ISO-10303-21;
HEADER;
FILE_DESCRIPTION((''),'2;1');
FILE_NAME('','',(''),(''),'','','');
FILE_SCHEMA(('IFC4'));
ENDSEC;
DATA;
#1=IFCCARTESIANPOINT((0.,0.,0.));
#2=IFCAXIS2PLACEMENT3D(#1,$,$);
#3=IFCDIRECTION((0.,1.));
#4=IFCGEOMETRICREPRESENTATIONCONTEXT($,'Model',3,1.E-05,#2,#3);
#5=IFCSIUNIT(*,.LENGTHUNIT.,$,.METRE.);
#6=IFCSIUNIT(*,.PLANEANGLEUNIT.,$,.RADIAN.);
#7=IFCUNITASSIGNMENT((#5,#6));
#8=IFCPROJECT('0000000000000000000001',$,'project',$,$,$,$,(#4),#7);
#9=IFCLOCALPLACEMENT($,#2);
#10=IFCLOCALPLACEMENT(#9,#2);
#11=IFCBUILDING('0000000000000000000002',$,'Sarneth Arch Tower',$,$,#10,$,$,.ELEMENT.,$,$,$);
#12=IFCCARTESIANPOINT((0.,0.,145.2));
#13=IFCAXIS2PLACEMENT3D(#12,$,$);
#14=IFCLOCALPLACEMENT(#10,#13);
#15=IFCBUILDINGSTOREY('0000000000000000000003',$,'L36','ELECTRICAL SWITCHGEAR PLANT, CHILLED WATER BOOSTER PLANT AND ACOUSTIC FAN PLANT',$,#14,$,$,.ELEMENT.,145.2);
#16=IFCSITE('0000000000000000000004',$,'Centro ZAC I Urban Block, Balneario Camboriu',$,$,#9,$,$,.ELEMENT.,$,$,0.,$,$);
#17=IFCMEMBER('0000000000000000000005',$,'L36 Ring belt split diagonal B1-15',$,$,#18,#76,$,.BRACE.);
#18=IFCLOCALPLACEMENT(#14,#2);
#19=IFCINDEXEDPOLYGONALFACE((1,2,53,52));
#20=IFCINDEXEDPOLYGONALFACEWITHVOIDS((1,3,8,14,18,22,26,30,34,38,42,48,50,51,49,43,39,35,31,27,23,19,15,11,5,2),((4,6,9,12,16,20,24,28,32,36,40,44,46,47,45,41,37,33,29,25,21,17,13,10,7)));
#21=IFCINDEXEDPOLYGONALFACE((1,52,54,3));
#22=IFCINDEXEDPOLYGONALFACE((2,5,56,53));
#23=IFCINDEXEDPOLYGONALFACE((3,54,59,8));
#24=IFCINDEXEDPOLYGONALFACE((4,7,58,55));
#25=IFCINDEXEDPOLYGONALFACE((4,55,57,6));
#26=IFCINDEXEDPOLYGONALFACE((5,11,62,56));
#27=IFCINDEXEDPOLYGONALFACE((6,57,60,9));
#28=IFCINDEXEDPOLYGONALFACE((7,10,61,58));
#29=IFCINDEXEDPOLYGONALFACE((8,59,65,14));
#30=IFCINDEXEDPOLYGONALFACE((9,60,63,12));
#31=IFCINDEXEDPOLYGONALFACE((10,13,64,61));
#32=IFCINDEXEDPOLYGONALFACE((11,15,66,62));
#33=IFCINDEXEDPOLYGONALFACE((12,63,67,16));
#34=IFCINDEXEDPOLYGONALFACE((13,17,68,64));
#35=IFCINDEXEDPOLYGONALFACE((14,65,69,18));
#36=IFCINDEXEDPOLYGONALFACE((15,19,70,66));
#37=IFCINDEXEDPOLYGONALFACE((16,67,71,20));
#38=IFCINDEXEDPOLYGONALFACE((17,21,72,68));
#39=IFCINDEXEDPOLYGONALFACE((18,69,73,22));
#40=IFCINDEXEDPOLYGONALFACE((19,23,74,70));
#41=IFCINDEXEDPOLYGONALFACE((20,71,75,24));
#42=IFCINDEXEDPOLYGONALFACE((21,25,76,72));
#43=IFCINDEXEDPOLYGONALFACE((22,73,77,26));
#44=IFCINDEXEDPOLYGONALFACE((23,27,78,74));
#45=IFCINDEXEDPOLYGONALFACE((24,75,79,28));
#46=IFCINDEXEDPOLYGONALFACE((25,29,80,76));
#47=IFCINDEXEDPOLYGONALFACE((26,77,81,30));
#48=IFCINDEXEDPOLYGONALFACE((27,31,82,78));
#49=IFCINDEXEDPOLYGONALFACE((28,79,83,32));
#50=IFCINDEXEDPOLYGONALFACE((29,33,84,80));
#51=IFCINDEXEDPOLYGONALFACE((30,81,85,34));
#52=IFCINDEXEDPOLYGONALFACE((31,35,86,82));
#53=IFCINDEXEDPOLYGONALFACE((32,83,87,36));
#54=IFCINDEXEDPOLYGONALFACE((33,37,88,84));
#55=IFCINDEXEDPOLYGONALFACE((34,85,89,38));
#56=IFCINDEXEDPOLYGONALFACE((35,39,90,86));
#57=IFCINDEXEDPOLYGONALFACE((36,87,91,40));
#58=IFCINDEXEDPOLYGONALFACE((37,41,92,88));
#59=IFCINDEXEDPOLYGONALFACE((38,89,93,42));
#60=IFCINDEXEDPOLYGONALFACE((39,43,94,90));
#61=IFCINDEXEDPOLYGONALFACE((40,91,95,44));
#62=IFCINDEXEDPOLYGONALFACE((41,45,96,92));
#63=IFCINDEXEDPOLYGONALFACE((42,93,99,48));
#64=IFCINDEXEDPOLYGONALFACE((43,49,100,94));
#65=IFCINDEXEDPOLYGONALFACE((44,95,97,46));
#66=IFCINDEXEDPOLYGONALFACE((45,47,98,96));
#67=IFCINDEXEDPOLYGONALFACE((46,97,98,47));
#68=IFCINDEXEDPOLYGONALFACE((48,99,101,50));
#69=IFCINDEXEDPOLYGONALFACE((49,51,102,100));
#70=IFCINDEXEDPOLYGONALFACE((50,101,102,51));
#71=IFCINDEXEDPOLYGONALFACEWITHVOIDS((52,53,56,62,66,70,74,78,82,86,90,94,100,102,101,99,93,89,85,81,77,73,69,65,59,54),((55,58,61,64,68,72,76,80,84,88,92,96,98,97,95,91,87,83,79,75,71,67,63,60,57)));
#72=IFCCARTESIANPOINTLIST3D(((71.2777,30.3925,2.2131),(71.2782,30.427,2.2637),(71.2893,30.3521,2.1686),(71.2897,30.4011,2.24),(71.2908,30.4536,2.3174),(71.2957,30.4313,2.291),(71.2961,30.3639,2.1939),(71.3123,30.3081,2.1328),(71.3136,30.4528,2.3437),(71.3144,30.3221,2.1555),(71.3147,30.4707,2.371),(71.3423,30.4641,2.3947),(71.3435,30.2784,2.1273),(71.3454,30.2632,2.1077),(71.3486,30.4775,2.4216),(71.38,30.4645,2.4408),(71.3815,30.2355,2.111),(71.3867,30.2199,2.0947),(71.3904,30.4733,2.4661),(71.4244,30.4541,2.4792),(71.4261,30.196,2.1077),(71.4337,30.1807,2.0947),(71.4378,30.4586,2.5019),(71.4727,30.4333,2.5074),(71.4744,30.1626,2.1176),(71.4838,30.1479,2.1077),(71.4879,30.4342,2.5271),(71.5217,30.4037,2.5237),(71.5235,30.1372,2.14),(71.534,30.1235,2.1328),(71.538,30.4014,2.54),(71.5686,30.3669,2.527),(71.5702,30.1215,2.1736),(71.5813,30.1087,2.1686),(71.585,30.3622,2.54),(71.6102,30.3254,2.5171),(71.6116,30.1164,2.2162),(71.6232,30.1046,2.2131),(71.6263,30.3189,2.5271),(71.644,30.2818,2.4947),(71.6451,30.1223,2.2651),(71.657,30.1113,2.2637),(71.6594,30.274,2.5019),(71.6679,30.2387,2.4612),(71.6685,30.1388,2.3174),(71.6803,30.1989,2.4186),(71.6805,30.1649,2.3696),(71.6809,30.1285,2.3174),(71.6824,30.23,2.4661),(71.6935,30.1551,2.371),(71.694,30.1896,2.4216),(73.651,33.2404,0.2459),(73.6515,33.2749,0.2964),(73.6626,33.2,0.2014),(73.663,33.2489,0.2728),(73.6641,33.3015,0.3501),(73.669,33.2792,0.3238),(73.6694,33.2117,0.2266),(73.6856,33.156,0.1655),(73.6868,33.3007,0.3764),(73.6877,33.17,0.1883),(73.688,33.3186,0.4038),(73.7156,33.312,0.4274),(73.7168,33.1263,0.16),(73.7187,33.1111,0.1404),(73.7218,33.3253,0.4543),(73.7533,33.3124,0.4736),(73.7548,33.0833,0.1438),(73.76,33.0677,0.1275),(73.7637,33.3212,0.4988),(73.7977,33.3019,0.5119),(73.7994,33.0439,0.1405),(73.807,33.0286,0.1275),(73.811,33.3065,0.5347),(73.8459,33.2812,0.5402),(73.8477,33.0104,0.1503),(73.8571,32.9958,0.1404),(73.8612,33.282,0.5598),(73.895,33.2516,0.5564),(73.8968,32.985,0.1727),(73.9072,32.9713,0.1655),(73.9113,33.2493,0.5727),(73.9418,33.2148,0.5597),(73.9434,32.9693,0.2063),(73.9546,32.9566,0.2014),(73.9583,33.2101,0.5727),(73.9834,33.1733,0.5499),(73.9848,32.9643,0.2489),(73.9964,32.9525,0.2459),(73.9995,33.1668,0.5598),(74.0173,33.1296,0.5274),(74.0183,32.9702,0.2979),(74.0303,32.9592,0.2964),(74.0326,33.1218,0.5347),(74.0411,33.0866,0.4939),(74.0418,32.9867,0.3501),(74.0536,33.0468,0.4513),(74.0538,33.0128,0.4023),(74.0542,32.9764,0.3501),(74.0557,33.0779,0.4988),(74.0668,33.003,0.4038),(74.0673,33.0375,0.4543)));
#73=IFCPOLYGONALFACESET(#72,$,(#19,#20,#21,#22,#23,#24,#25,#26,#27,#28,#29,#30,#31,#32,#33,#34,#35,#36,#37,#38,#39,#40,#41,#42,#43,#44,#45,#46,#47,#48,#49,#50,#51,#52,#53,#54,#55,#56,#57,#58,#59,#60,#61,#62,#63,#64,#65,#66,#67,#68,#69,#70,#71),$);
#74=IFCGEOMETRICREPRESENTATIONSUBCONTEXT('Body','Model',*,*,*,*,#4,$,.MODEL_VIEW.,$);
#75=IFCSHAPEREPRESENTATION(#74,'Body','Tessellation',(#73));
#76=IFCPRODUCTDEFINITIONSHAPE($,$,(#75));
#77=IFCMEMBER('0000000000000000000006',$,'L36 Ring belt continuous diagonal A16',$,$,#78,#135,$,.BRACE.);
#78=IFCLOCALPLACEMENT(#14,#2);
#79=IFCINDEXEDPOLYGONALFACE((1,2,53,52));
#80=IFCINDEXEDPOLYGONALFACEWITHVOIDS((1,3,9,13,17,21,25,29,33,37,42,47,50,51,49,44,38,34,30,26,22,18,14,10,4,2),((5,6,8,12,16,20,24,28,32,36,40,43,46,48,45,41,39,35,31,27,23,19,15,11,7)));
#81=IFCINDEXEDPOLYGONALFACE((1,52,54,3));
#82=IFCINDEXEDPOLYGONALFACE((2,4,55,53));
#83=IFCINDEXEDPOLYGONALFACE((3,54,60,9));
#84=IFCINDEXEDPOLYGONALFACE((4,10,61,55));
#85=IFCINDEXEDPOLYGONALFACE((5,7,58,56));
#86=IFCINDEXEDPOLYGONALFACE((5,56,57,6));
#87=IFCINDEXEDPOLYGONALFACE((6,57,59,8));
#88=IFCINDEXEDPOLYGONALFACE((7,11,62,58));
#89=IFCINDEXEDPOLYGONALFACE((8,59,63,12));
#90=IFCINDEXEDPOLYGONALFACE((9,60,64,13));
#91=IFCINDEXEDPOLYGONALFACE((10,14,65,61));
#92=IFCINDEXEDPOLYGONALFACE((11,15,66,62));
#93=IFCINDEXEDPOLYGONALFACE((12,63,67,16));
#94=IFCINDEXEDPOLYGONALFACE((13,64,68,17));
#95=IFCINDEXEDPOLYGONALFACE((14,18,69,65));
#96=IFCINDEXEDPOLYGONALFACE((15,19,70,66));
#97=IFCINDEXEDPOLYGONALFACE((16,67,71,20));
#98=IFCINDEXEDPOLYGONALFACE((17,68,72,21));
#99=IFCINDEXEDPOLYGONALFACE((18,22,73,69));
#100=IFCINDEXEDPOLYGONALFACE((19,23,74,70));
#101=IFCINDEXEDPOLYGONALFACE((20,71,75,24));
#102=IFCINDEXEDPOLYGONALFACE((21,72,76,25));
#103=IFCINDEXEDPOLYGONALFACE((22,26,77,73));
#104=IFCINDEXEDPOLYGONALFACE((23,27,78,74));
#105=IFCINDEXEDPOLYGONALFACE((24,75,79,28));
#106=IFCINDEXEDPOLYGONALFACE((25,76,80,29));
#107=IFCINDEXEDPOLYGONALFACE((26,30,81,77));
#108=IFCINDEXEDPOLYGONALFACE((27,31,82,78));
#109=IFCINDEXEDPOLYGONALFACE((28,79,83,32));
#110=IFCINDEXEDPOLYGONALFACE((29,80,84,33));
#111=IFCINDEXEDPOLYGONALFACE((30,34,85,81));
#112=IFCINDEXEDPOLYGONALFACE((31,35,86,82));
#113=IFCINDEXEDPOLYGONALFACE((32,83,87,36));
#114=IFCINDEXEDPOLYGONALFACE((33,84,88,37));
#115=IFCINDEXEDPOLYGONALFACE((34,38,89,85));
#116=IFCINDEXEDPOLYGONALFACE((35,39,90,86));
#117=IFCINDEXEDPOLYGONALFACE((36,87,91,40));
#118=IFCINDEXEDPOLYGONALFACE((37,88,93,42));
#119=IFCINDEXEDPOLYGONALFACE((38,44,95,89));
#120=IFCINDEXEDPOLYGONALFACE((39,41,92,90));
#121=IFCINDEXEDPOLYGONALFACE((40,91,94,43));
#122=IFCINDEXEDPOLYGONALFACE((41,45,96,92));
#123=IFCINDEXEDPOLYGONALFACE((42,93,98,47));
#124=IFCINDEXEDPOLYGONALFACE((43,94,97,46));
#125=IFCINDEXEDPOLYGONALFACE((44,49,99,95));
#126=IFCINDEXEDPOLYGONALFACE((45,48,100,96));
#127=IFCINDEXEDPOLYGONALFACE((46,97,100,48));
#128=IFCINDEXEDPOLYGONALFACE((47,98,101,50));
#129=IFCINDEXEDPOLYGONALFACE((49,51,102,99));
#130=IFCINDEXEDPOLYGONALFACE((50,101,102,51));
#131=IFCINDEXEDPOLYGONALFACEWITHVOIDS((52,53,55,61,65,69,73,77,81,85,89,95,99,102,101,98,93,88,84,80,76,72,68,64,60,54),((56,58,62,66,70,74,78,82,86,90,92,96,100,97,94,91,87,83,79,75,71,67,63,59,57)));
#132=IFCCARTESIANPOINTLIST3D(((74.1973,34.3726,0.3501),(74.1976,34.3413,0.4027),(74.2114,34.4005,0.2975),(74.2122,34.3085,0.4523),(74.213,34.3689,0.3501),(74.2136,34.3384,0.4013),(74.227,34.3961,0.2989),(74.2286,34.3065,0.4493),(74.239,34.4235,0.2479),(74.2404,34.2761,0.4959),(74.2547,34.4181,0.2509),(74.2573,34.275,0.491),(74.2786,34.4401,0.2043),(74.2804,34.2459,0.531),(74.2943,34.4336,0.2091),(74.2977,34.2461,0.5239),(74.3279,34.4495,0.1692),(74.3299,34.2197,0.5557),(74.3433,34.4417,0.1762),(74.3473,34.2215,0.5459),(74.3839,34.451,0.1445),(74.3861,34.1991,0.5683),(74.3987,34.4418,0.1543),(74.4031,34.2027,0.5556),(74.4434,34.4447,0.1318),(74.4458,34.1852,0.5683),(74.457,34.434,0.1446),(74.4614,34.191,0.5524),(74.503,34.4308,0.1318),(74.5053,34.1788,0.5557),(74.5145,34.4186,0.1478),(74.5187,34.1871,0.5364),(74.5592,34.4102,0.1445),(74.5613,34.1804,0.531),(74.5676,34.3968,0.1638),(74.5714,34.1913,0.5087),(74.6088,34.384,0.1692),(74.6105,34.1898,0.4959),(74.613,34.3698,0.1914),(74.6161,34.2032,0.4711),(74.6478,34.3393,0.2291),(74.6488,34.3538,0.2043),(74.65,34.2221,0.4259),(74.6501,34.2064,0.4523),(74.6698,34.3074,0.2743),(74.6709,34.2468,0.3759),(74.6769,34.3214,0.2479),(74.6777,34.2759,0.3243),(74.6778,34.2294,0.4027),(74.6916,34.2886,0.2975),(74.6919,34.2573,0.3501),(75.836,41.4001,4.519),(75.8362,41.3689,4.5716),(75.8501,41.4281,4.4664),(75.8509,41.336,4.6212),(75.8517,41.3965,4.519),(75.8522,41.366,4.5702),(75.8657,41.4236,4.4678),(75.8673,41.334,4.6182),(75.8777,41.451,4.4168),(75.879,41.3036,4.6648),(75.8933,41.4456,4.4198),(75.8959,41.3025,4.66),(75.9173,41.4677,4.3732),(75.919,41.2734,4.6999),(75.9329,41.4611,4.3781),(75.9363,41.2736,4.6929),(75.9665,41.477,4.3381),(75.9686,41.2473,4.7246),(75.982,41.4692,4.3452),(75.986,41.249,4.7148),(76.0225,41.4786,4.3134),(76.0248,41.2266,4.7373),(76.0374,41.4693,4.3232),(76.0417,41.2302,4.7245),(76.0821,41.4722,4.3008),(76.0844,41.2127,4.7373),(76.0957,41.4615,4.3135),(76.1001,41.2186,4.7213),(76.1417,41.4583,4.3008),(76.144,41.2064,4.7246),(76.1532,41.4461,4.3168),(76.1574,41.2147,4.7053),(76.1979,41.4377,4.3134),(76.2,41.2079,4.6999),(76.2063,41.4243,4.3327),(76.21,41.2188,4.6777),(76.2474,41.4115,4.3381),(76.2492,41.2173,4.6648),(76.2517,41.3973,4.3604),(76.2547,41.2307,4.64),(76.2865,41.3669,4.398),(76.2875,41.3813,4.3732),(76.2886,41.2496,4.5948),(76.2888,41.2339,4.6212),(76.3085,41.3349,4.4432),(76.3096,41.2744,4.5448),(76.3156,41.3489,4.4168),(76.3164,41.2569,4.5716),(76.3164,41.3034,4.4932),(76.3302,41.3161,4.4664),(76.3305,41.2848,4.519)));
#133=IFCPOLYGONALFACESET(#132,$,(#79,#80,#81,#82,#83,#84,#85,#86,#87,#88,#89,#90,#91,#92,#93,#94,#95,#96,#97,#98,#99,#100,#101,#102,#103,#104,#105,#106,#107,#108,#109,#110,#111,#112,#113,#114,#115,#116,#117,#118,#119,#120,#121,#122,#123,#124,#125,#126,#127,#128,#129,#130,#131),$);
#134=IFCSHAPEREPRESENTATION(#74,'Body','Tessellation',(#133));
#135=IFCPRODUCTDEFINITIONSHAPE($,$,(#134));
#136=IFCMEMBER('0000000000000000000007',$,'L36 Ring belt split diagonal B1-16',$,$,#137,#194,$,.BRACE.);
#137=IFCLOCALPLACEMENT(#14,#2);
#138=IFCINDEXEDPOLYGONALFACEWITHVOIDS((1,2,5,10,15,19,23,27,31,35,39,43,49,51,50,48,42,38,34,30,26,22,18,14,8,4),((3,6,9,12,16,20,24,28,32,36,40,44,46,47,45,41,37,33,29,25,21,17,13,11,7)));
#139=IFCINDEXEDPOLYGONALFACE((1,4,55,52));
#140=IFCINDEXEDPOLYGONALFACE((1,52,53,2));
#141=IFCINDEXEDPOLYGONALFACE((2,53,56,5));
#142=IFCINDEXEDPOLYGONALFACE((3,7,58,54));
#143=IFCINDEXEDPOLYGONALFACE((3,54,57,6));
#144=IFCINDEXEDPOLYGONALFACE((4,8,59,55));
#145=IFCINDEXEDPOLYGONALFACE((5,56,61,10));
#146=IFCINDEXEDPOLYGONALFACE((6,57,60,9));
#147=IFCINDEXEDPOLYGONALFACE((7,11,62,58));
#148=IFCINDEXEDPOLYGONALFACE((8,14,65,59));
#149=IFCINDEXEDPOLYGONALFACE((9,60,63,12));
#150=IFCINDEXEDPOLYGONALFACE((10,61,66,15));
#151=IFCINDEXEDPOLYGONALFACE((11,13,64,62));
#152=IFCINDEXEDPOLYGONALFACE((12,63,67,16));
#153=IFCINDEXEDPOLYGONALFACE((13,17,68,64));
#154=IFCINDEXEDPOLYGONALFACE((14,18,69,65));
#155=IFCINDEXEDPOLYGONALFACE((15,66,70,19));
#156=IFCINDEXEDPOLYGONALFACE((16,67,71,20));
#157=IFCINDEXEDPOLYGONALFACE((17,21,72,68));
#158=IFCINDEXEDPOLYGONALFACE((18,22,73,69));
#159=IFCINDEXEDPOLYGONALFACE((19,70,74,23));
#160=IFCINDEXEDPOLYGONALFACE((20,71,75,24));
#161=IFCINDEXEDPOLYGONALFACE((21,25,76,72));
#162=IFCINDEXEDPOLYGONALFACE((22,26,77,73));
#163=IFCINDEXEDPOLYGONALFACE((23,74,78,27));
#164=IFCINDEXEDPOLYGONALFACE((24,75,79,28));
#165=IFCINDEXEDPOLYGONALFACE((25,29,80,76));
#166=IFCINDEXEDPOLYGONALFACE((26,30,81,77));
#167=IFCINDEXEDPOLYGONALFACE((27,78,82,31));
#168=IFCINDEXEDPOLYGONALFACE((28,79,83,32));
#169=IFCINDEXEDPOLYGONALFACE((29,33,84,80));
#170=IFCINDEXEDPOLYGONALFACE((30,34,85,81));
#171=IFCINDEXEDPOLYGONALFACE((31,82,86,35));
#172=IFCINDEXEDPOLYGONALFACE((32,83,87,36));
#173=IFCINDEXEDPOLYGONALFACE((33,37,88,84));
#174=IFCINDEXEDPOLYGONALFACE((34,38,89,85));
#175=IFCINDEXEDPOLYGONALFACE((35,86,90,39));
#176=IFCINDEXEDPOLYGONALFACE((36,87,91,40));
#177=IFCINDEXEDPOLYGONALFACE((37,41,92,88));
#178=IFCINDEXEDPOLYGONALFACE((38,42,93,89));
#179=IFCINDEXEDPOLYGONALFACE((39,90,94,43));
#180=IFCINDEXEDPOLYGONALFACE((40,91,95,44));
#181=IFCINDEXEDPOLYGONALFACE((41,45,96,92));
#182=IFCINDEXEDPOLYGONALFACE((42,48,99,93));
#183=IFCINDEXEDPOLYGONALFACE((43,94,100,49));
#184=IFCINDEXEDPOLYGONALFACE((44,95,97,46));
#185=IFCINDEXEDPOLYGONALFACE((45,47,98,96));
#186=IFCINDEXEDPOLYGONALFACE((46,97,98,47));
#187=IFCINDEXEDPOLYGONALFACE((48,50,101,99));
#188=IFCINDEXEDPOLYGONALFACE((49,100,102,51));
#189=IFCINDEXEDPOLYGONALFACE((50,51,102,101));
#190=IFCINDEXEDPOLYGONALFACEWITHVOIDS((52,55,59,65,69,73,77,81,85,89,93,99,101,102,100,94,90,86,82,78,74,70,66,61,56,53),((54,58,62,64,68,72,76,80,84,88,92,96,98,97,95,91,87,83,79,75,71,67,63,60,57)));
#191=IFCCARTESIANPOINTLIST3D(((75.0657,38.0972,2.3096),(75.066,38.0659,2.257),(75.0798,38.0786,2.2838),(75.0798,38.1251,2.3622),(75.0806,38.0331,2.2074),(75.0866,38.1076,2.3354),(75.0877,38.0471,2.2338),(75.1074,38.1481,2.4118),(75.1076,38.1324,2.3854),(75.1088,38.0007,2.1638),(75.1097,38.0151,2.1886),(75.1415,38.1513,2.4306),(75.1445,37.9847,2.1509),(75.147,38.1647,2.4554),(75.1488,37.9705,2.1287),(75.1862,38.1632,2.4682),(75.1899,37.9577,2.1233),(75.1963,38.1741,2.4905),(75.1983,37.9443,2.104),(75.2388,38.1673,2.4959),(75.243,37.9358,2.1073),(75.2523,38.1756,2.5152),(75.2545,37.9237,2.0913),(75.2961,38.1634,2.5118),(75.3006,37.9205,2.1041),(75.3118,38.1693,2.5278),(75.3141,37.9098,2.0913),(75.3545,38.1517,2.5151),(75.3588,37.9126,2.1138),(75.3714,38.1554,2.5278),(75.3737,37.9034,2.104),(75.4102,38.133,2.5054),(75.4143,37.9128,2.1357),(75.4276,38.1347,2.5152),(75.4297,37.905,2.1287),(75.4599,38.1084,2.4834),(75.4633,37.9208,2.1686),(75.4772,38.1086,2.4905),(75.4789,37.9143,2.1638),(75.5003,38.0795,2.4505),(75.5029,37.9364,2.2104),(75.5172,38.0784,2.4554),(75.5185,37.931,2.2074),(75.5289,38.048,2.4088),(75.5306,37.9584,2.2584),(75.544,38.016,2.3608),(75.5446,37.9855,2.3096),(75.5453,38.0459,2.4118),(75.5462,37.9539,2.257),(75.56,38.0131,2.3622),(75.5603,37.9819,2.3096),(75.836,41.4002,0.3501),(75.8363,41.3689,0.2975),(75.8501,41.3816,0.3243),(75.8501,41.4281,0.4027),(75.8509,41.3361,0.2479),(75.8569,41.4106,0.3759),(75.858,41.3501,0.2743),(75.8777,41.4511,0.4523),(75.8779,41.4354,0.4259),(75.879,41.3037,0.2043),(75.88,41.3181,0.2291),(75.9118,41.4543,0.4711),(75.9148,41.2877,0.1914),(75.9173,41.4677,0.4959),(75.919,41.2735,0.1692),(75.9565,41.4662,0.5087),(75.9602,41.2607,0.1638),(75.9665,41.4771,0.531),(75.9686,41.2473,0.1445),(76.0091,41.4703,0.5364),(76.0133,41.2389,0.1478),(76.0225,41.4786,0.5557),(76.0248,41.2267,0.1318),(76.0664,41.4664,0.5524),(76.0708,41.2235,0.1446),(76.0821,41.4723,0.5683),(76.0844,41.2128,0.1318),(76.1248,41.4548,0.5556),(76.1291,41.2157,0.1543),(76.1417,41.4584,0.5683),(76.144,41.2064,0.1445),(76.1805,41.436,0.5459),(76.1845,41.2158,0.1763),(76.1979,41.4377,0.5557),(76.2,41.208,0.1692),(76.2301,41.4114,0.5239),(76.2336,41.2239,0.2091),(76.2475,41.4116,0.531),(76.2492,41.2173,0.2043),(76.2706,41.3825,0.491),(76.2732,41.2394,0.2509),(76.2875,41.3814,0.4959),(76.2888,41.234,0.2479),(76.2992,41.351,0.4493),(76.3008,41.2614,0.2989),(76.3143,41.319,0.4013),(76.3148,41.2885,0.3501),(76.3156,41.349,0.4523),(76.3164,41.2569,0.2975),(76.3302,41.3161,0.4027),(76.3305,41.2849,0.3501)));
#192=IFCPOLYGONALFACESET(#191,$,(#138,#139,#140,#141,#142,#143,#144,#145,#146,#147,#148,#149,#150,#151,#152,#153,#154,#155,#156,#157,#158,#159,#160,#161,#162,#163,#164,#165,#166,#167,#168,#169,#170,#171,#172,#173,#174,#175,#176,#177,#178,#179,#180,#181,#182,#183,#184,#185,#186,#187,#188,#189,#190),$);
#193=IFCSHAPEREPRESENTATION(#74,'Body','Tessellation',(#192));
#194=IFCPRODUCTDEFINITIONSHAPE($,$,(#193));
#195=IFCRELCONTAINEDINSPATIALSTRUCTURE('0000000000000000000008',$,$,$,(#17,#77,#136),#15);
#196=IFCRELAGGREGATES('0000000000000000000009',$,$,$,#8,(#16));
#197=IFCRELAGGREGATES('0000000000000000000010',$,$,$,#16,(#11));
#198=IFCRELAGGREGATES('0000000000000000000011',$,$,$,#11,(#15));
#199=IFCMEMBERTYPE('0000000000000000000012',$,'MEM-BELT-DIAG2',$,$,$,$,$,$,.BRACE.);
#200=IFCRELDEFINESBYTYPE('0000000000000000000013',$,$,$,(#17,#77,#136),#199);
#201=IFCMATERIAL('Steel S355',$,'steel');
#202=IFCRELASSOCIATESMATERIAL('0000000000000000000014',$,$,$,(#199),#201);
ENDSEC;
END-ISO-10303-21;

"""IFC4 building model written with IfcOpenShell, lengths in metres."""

from ifc_helpers import new_model, si_unit, direction, frame, origin, origin_2d, place, context, subcontext, project, spatial, hollow_circle, extrude, material, material_profile, profile_set, type_object, element, save


model = new_model("IFC4")

# Units and contexts
model_context = context("Model", 3, precision=1e-05, world=origin(), true_north=direction((0.0, 1.0)))
body_context = subcontext(model_context, "Body", "Model", "MODEL_VIEW")
ifc_project = project(units=[si_unit("LENGTHUNIT", "METRE"), si_unit("PLANEANGLEUNIT", "RADIAN")], contexts=[model_context])

# Site, building, storey
site_placement = place(None, origin())
site = spatial("IfcSite", under=ifc_project, at=site_placement, Name="Centro ZAC I Urban Block, Balneario Camboriu", CompositionType="ELEMENT", RefElevation=0.0)
building_placement = place(site_placement, origin())
building = spatial("IfcBuilding", under=site, at=building_placement, Name="Sarneth Arch Tower", CompositionType="ELEMENT")
storey_placement = place(building_placement, frame((0.0, 0.0, 145.2)))
storey = spatial("IfcBuildingStorey", under=building, at=storey_placement, Name="L36", Description="ELECTRICAL SWITCHGEAR PLANT, CHILLED WATER BOOSTER PLANT AND ACOUSTIC FAN PLANT", CompositionType="ELEMENT", Elevation=145.2)

# Members
ifc_material_1 = material(Name="Steel S355", Category="steel")
ifc_material_profile_1 = material_profile(ifc_material_1, hollow_circle(Radius=0.2539, WallThickness=0.0161, at=origin_2d()), Name="CHS508x16")
ifc_profile_set_1 = profile_set([ifc_material_profile_1], Name="Steel S355")
member_type_1 = type_object("IfcMemberType", Name="MEM-BELT-DIAG2", PredefinedType="BRACE", material=ifc_profile_set_1)
member_1_placement = place(storey_placement, frame((73.8591, 33.1389, 0.3501), z_axis=(-0.565498, -0.678586, 0.468757), x_axis=(0.768216, -0.640191, 0.0)))
element("IfcMember", 1, at=member_1_placement, inside=storey, type_object=member_type_1, Name="L36 Ring belt split diagonal B1-15", PredefinedType="BRACE", context=body_context, shape_type="SweptSolid", body=[
    extrude(hollow_circle(Radius=0.2539, WallThickness=0.0161, at=origin_2d()), origin(), (0.0, 0.0, 1.0), 4.1968),
])
member_2_placement = place(storey_placement, frame((74.4446, 34.3149, 0.3501), z_axis=(0.196629, 0.843263, 0.500245), x_axis=(-0.973875, 0.227085, 0.0)))
element("IfcMember", 2, at=member_2_placement, inside=storey, type_object=member_type_1, Name="L36 Ring belt continuous diagonal A16", PredefinedType="BRACE", context=body_context, shape_type="SweptSolid", body=[
    extrude(hollow_circle(Radius=0.2539, WallThickness=0.0161, at=origin_2d()), origin(), (0.0, 0.0, 1.0), 8.3337),
])
for number, where, z_axis, x_axis, name in (
    (3, (76.0833, 41.3425, 0.3501), (-0.196649, -0.843252, 0.500255), (0.973869, -0.227109, 0.0), "L36 Ring belt split diagonal B1-16"),
):
    element("IfcMember", number, at=place(storey_placement, frame(where, z_axis=z_axis, x_axis=x_axis)), inside=storey, type_object=member_type_1, Name=name, PredefinedType="BRACE", context=body_context, shape_type="SweptSolid", body=[
        extrude(hollow_circle(Radius=0.2539, WallThickness=0.0161, at=origin_2d()), origin(), (0.0, 0.0, 1.0), 3.917),
    ])

save(model, "model.ifc")
